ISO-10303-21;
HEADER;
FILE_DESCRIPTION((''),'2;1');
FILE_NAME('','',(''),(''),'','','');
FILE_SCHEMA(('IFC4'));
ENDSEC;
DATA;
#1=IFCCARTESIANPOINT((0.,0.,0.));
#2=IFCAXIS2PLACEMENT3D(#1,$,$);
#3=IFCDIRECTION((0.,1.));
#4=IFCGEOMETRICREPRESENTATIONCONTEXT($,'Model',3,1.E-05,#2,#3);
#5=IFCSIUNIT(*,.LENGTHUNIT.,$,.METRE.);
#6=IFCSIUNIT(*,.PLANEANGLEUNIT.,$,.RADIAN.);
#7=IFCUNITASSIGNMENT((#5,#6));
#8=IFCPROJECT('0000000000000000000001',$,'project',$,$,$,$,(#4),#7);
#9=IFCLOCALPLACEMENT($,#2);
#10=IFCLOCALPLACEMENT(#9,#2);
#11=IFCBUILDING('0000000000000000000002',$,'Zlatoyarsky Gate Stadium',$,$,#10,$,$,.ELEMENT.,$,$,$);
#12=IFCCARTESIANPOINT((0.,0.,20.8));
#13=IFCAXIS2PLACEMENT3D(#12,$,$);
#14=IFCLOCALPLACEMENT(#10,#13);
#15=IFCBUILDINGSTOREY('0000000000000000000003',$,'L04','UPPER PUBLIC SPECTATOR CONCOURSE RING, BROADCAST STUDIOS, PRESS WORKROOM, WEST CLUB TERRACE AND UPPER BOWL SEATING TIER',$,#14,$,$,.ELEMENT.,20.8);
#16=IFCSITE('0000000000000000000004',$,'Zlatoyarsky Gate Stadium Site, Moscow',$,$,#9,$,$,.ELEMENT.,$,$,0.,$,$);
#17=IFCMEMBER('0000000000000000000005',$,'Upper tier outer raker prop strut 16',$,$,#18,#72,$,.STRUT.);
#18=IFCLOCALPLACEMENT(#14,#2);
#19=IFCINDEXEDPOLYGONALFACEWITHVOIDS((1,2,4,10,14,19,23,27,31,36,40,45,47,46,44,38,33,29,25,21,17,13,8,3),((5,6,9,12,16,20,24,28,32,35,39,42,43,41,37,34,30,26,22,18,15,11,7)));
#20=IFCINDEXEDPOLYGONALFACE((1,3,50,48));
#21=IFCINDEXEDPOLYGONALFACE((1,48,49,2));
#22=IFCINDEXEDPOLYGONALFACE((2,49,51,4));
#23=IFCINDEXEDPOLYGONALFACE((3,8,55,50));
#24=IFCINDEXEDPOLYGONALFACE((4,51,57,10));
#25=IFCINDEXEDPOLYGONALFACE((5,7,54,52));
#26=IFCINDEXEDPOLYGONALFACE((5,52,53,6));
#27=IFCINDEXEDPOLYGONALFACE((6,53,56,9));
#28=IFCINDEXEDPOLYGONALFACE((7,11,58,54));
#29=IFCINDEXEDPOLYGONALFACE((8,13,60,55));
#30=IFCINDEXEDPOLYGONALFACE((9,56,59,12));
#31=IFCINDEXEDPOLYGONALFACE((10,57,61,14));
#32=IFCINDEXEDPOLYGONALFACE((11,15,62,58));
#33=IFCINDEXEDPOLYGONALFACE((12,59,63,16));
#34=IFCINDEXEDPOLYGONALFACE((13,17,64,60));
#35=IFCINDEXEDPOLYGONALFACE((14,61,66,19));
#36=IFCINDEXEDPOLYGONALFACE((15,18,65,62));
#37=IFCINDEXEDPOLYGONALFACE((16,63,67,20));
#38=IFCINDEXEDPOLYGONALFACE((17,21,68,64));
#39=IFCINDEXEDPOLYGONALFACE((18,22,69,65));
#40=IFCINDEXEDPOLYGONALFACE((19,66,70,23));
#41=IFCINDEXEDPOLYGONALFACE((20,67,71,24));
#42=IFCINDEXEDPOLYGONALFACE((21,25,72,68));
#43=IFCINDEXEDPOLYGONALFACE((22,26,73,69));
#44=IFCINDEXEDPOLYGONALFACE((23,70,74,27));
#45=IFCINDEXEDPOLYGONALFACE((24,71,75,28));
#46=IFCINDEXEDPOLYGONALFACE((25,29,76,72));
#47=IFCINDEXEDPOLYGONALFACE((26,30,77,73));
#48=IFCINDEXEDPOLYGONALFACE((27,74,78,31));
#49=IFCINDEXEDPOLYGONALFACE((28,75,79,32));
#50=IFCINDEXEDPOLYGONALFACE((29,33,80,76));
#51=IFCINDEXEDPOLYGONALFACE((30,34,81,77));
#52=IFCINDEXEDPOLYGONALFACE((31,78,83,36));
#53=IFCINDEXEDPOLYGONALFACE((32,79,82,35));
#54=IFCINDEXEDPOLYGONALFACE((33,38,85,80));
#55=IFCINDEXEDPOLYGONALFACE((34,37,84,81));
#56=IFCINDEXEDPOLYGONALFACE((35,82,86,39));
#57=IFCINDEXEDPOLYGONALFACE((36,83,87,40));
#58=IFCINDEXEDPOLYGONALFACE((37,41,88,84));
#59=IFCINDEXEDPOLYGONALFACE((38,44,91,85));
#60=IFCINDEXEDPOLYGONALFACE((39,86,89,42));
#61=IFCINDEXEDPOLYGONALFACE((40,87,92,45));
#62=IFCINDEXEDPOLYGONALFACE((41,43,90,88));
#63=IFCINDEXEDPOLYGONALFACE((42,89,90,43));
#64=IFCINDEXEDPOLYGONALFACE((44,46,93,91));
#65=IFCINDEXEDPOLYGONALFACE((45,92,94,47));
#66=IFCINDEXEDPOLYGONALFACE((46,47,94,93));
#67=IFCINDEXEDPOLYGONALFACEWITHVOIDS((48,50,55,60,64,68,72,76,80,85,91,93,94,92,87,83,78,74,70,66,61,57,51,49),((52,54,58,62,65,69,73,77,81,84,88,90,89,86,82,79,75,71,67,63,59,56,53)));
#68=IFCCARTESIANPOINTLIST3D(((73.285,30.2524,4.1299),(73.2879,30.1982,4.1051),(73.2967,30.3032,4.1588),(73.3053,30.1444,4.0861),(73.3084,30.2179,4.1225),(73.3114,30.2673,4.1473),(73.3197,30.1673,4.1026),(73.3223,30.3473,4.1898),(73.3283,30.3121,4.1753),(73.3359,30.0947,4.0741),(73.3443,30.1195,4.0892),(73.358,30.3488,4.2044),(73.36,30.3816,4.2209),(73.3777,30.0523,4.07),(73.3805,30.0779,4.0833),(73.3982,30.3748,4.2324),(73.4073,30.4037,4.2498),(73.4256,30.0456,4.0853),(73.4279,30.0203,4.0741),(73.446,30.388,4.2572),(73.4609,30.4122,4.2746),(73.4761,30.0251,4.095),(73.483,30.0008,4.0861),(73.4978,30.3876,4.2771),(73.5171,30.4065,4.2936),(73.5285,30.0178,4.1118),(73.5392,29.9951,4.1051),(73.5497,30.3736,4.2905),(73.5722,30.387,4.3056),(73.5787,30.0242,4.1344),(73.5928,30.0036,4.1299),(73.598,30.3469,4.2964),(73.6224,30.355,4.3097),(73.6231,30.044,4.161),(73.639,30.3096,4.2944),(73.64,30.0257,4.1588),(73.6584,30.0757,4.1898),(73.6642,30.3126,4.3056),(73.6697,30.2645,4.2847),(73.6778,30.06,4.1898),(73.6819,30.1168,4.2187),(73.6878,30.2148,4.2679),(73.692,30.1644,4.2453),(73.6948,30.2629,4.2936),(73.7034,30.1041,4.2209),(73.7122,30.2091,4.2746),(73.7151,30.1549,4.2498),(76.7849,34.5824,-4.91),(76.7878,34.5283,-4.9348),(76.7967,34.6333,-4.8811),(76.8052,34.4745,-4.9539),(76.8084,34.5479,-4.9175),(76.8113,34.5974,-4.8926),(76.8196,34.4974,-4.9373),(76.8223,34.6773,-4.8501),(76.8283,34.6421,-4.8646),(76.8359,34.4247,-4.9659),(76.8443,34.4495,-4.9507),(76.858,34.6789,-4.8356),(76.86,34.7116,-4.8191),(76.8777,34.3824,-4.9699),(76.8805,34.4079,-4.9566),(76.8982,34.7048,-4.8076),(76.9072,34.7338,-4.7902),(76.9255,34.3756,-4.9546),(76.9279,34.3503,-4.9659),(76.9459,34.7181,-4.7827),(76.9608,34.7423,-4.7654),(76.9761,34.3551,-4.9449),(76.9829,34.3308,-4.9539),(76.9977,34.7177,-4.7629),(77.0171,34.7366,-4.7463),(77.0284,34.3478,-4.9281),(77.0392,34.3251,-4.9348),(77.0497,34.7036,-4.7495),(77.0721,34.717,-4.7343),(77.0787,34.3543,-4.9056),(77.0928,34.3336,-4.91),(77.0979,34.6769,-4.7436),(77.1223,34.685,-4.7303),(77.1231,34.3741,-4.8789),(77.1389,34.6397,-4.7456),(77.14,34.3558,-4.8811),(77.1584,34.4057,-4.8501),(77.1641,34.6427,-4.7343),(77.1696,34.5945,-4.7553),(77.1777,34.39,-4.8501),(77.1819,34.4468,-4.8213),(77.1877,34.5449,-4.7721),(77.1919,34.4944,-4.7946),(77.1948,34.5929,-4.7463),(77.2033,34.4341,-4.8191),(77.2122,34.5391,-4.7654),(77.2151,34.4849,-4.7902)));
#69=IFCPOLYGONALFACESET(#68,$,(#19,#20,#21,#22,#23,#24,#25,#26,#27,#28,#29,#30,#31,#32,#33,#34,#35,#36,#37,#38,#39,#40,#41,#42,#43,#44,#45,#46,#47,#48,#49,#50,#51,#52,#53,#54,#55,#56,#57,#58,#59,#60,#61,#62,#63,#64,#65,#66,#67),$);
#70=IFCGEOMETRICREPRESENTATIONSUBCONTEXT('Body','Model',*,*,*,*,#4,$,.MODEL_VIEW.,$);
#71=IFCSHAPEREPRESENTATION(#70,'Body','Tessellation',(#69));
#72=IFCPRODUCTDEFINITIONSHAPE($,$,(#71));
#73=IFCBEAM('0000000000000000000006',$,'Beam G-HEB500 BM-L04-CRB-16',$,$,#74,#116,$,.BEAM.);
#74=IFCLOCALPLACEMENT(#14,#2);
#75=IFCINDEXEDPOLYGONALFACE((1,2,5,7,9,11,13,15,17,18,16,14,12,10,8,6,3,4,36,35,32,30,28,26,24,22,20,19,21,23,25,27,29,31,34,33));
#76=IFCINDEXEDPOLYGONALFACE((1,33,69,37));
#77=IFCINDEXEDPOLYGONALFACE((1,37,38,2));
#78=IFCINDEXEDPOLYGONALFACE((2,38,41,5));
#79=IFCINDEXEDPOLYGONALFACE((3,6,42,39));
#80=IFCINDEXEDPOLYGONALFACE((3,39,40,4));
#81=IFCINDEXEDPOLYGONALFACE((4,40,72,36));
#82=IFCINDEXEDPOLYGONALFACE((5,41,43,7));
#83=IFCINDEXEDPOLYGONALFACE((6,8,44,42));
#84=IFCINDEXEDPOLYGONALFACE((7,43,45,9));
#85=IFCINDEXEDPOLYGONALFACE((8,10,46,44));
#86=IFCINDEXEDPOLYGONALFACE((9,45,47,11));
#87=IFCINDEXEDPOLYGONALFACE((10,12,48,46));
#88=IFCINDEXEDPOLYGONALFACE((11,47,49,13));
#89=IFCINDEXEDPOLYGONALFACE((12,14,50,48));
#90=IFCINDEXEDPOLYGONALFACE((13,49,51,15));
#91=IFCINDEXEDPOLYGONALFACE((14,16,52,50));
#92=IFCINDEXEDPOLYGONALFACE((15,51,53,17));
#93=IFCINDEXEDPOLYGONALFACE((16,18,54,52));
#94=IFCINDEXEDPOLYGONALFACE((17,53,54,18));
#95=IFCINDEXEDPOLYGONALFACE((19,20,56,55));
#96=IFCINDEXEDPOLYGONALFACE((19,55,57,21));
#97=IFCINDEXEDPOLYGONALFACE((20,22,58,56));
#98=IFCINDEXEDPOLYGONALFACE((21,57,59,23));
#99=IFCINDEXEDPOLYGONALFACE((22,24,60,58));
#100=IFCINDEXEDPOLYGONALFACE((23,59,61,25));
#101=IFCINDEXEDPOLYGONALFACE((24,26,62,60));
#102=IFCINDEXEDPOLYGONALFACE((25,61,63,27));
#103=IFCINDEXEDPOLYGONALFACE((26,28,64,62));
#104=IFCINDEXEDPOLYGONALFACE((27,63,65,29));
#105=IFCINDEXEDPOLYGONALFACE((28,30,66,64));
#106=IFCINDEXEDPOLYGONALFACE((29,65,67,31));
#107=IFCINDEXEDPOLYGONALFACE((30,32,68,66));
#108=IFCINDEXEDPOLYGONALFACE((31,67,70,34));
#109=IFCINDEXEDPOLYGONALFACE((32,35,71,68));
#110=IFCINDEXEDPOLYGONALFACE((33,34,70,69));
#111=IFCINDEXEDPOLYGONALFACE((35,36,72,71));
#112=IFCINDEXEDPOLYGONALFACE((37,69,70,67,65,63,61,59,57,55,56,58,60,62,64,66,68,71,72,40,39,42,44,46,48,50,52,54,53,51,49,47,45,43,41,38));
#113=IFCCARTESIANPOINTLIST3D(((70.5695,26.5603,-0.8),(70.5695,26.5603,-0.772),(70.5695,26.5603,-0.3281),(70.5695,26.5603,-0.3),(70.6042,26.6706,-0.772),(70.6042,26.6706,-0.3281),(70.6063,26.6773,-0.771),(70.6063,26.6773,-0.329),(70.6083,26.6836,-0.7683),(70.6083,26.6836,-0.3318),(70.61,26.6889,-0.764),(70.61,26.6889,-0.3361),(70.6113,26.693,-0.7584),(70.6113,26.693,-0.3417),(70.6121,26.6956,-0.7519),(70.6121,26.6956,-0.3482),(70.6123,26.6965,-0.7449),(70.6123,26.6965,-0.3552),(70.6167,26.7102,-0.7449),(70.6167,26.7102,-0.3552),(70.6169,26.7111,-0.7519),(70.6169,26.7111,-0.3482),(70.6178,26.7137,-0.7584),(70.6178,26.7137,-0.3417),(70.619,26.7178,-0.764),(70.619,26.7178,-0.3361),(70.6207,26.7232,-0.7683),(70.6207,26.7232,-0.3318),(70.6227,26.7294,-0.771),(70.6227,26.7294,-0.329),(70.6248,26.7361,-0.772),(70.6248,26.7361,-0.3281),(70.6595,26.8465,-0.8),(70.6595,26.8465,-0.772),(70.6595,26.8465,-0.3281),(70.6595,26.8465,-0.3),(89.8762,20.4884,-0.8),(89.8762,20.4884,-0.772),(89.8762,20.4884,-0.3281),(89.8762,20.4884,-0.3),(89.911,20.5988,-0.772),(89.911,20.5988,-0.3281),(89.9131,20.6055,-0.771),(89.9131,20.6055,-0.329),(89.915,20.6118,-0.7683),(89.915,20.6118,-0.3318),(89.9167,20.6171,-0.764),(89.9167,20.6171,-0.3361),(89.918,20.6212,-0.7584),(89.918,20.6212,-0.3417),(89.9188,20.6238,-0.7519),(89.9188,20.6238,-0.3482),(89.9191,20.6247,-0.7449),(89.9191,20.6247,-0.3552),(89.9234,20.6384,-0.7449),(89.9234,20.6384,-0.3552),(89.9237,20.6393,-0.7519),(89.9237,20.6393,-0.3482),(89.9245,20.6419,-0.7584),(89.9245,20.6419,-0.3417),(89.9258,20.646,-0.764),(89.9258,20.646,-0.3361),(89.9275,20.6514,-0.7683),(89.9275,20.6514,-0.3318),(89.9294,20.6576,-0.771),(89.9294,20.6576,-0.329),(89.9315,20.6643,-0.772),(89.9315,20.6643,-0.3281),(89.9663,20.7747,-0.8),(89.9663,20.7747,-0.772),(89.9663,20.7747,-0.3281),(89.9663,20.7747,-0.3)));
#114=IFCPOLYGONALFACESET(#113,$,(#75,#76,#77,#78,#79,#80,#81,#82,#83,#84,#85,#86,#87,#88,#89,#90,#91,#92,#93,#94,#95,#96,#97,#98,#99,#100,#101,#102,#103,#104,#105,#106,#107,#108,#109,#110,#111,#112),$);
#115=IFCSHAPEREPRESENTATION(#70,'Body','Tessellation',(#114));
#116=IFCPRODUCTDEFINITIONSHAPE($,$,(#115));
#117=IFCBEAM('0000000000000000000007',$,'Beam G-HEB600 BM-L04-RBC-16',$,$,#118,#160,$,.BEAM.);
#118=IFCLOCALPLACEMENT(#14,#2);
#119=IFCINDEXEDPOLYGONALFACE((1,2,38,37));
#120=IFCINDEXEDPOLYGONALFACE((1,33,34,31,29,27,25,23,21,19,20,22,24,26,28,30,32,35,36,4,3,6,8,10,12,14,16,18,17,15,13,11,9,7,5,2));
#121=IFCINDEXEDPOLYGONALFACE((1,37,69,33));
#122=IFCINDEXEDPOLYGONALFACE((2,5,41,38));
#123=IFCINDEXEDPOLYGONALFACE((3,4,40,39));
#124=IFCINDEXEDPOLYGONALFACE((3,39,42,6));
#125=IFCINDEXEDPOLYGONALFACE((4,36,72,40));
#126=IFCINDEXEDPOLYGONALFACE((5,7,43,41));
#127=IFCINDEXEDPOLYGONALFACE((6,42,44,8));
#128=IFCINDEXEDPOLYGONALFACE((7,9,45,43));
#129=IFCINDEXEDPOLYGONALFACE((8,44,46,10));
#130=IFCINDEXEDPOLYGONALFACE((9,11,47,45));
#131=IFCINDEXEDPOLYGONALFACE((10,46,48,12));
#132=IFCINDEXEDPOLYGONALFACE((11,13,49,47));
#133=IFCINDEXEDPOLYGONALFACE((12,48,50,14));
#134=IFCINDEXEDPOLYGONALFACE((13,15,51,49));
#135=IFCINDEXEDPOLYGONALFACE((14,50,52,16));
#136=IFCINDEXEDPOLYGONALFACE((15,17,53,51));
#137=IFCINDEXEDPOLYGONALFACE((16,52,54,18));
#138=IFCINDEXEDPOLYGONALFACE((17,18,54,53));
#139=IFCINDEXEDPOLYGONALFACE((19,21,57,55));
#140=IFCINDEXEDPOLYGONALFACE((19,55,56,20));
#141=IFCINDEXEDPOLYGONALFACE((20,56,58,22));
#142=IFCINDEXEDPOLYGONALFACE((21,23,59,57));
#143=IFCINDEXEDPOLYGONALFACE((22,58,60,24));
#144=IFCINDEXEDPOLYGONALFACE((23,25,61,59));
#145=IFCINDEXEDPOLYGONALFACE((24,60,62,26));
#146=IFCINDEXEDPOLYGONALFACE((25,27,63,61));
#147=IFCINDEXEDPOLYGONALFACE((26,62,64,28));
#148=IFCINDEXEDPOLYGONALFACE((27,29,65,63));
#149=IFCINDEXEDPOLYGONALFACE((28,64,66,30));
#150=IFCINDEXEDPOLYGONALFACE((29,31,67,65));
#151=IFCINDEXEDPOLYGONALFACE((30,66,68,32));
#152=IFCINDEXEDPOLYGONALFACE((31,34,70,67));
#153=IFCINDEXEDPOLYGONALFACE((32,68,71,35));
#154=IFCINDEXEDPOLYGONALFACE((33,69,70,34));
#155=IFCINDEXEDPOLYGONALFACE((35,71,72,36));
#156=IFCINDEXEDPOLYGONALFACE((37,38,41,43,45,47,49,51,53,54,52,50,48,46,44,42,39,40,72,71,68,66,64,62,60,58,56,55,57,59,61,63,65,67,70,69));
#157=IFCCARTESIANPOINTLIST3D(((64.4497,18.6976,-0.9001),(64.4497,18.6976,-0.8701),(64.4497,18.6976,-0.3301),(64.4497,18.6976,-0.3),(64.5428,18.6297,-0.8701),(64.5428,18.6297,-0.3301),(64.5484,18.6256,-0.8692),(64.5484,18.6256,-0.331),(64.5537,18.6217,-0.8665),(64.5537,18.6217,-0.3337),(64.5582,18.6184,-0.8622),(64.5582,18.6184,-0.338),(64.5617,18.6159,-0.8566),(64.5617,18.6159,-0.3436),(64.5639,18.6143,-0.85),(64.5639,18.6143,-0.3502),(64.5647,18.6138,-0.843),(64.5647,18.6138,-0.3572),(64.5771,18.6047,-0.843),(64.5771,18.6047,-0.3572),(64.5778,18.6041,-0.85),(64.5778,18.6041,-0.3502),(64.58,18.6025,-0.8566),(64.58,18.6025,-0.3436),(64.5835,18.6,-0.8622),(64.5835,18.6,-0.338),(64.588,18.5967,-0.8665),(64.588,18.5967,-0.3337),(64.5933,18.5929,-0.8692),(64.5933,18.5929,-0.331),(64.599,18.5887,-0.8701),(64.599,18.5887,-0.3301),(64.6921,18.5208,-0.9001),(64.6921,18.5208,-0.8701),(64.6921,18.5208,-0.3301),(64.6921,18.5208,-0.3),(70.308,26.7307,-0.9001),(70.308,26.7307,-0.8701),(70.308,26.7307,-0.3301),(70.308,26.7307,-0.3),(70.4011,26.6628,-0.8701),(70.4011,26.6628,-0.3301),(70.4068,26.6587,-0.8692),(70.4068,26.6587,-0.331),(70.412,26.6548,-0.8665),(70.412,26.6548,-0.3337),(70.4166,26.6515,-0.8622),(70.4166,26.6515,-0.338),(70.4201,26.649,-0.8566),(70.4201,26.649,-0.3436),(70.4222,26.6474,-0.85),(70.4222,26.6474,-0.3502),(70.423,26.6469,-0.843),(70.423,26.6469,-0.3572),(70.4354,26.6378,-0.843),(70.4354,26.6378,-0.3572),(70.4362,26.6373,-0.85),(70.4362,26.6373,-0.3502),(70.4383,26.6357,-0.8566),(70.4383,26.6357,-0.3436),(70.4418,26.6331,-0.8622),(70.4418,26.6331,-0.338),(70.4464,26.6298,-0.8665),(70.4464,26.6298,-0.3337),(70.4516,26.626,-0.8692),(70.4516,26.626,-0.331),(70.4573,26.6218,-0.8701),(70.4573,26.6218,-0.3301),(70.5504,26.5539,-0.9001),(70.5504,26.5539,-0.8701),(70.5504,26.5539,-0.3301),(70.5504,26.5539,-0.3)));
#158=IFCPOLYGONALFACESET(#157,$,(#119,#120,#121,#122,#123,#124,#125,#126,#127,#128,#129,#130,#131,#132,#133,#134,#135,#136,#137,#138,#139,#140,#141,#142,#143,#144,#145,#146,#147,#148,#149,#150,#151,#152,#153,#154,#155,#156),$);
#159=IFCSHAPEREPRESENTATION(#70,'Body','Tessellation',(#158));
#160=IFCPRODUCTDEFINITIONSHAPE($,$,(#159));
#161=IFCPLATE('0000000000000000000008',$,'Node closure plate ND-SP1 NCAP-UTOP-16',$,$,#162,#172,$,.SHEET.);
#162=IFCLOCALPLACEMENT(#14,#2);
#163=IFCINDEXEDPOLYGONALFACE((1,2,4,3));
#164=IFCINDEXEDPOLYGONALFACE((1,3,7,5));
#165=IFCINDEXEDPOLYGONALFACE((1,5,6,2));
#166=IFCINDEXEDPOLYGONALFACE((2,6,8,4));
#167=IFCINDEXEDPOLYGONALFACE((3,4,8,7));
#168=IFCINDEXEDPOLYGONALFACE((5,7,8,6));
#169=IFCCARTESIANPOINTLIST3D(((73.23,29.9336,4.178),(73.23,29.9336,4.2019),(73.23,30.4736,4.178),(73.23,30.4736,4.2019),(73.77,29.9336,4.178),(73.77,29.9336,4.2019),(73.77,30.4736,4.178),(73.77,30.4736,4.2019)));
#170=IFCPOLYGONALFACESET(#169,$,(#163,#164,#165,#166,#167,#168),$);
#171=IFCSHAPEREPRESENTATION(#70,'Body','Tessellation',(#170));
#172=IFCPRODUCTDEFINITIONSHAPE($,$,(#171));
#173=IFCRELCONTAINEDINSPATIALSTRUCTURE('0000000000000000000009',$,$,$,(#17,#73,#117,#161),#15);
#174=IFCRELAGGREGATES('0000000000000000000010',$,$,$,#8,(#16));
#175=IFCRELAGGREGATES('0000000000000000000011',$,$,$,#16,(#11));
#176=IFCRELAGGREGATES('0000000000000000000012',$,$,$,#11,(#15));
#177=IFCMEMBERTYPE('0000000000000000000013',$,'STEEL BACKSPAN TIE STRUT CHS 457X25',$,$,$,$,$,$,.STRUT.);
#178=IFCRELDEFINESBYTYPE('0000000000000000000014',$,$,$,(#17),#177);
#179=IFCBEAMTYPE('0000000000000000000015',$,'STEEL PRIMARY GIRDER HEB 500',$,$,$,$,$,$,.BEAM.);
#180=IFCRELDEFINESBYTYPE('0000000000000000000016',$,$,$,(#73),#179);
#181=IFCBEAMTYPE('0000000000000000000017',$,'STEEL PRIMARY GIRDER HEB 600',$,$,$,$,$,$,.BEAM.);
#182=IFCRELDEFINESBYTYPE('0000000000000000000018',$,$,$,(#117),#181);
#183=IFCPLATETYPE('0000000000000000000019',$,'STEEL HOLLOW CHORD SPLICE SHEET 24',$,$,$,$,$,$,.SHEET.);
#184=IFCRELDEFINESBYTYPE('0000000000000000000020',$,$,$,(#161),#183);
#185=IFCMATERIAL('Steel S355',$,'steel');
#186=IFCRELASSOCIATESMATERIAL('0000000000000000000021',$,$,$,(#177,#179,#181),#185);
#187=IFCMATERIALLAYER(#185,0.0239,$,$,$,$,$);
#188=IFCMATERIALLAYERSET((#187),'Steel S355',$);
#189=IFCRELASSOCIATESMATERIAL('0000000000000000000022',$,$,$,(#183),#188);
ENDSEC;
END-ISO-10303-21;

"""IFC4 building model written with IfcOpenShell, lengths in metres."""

from ifc_helpers import new_model, si_unit, direction, frame, origin, origin_2d, place, context, subcontext, project, spatial, rectangle, hollow_circle, i_section, extrude, material, layer, layer_set, material_profile, profile_set, type_object, element, save


model = new_model("IFC4")

# Units and contexts
model_context = context("Model", 3, precision=1e-05, world=origin(), true_north=direction((0.0, 1.0)))
body_context = subcontext(model_context, "Body", "Model", "MODEL_VIEW")
ifc_project = project(units=[si_unit("LENGTHUNIT", "METRE"), si_unit("PLANEANGLEUNIT", "RADIAN")], contexts=[model_context])

# Site, building, storey
site_placement = place(None, origin())
site = spatial("IfcSite", under=ifc_project, at=site_placement, Name="Zlatoyarsky Gate Stadium Site, Moscow", CompositionType="ELEMENT", RefElevation=0.0)
building_placement = place(site_placement, origin())
building = spatial("IfcBuilding", under=site, at=building_placement, Name="Zlatoyarsky Gate Stadium", CompositionType="ELEMENT")
storey_placement = place(building_placement, frame((0.0, 0.0, 20.8)))
storey = spatial("IfcBuildingStorey", under=building, at=storey_placement, Name="L04", Description="UPPER PUBLIC SPECTATOR CONCOURSE RING, BROADCAST STUDIOS, PRESS WORKROOM, WEST CLUB TERRACE AND UPPER BOWL SEATING TIER", CompositionType="ELEMENT", Elevation=20.8)

# Shared definitions
ifc_material_1 = material(Name="Steel S355", Category="steel")

# Member
ifc_material_profile_1 = material_profile(ifc_material_1, hollow_circle(Radius=0.2285, WallThickness=0.0249, at=origin_2d()), Name="CHS 457X25")
ifc_profile_set_1 = profile_set([ifc_material_profile_1], Name="Steel S355")
member_type = type_object("IfcMemberType", Name="STEEL BACKSPAN TIE STRUT CHS 457X25", PredefinedType="STRUT", material=ifc_profile_set_1)
member_placement = place(storey_placement, frame((77.0, 34.5337, -4.8501), z_axis=(-0.329658, -0.407842, 0.851464), x_axis=(0.77771, -0.628623, 0.0)))
element("IfcMember", 1, at=member_placement, inside=storey, type_object=member_type, Name="Upper tier outer raker prop strut 16", PredefinedType="STRUT", context=body_context, shape_type="SweptSolid", body=[
    extrude(hollow_circle(Radius=0.2285, WallThickness=0.0249, at=origin_2d()), origin(), (0.0, 0.0, 1.0), 10.6169),
])

# Beams
ifc_material_profile_2 = material_profile(ifc_material_1, i_section(OverallWidth=0.3, OverallDepth=0.5, WebThickness=0.0144, FlangeThickness=0.0281, FilletRadius=0.0271, at=origin_2d()), Name="HEB 500")
ifc_profile_set_2 = profile_set([ifc_material_profile_2], Name="Steel S355")
beam_type_1 = type_object("IfcBeamType", Name="STEEL PRIMARY GIRDER HEB 500", PredefinedType="BEAM", material=ifc_profile_set_2)
beam_1_placement = place(storey_placement, frame((70.6145, 26.7034, -0.55), z_axis=(0.953938, -0.300005, 0.0), x_axis=(0.300005, 0.953938, 0.0)))
element("IfcBeam", 2, at=beam_1_placement, inside=storey, type_object=beam_type_1, Name="Beam G-HEB500 BM-L04-CRB-16", PredefinedType="BEAM", context=body_context, shape_type="SweptSolid", body=[
    extrude(i_section(OverallWidth=0.3, OverallDepth=0.5, WebThickness=0.0144, FlangeThickness=0.0281, FilletRadius=0.0271, at=origin_2d()), origin(), (0.0, 0.0, 1.0), 20.239),
])
ifc_material_profile_3 = material_profile(ifc_material_1, i_section(OverallWidth=0.3, OverallDepth=0.6001, WebThickness=0.0154, FlangeThickness=0.03, FilletRadius=0.0271, at=origin_2d()), Name="HEB 600")
ifc_profile_set_3 = profile_set([ifc_material_profile_3], Name="Steel S355")
beam_type_2 = type_object("IfcBeamType", Name="STEEL PRIMARY GIRDER HEB 600", PredefinedType="BEAM", material=ifc_profile_set_3)
beam_2_placement = place(storey_placement, frame((70.4292, 26.6423, -0.6001), z_axis=(-0.589228, -0.807967, 0.0), x_axis=(0.807967, -0.589228, 0.0)))
element("IfcBeam", 3, at=beam_2_placement, inside=storey, type_object=beam_type_2, Name="Beam G-HEB600 BM-L04-RBC-16", PredefinedType="BEAM", context=body_context, shape_type="SweptSolid", body=[
    extrude(i_section(OverallWidth=0.3, OverallDepth=0.6001, WebThickness=0.0154, FlangeThickness=0.03, FilletRadius=0.0271, at=origin_2d()), origin(), (0.0, 0.0, 1.0), 9.9424),
])

# Plate
ifc_layer_1 = layer(ifc_material_1, 0.0239)
ifc_layer_set_1 = layer_set([ifc_layer_1], Name="Steel S355")
plate_type = type_object("IfcPlateType", Name="STEEL HOLLOW CHORD SPLICE SHEET 24", PredefinedType="SHEET", material=ifc_layer_set_1)
plate_placement = place(storey_placement, frame((73.5, 30.2036, 4.178), z_axis=(0.0, 0.0, 1.0), x_axis=(1.0, 0.0, 0.0)))
element("IfcPlate", 4, at=plate_placement, inside=storey, type_object=plate_type, Name="Node closure plate ND-SP1 NCAP-UTOP-16", PredefinedType="SHEET", context=body_context, shape_type="SweptSolid", body=[
    extrude(rectangle(XDim=0.54, YDim=0.54, at=origin_2d()), origin(), (0.0, 0.0, 1.0), 0.0239),
])

save(model, "model.ifc")
